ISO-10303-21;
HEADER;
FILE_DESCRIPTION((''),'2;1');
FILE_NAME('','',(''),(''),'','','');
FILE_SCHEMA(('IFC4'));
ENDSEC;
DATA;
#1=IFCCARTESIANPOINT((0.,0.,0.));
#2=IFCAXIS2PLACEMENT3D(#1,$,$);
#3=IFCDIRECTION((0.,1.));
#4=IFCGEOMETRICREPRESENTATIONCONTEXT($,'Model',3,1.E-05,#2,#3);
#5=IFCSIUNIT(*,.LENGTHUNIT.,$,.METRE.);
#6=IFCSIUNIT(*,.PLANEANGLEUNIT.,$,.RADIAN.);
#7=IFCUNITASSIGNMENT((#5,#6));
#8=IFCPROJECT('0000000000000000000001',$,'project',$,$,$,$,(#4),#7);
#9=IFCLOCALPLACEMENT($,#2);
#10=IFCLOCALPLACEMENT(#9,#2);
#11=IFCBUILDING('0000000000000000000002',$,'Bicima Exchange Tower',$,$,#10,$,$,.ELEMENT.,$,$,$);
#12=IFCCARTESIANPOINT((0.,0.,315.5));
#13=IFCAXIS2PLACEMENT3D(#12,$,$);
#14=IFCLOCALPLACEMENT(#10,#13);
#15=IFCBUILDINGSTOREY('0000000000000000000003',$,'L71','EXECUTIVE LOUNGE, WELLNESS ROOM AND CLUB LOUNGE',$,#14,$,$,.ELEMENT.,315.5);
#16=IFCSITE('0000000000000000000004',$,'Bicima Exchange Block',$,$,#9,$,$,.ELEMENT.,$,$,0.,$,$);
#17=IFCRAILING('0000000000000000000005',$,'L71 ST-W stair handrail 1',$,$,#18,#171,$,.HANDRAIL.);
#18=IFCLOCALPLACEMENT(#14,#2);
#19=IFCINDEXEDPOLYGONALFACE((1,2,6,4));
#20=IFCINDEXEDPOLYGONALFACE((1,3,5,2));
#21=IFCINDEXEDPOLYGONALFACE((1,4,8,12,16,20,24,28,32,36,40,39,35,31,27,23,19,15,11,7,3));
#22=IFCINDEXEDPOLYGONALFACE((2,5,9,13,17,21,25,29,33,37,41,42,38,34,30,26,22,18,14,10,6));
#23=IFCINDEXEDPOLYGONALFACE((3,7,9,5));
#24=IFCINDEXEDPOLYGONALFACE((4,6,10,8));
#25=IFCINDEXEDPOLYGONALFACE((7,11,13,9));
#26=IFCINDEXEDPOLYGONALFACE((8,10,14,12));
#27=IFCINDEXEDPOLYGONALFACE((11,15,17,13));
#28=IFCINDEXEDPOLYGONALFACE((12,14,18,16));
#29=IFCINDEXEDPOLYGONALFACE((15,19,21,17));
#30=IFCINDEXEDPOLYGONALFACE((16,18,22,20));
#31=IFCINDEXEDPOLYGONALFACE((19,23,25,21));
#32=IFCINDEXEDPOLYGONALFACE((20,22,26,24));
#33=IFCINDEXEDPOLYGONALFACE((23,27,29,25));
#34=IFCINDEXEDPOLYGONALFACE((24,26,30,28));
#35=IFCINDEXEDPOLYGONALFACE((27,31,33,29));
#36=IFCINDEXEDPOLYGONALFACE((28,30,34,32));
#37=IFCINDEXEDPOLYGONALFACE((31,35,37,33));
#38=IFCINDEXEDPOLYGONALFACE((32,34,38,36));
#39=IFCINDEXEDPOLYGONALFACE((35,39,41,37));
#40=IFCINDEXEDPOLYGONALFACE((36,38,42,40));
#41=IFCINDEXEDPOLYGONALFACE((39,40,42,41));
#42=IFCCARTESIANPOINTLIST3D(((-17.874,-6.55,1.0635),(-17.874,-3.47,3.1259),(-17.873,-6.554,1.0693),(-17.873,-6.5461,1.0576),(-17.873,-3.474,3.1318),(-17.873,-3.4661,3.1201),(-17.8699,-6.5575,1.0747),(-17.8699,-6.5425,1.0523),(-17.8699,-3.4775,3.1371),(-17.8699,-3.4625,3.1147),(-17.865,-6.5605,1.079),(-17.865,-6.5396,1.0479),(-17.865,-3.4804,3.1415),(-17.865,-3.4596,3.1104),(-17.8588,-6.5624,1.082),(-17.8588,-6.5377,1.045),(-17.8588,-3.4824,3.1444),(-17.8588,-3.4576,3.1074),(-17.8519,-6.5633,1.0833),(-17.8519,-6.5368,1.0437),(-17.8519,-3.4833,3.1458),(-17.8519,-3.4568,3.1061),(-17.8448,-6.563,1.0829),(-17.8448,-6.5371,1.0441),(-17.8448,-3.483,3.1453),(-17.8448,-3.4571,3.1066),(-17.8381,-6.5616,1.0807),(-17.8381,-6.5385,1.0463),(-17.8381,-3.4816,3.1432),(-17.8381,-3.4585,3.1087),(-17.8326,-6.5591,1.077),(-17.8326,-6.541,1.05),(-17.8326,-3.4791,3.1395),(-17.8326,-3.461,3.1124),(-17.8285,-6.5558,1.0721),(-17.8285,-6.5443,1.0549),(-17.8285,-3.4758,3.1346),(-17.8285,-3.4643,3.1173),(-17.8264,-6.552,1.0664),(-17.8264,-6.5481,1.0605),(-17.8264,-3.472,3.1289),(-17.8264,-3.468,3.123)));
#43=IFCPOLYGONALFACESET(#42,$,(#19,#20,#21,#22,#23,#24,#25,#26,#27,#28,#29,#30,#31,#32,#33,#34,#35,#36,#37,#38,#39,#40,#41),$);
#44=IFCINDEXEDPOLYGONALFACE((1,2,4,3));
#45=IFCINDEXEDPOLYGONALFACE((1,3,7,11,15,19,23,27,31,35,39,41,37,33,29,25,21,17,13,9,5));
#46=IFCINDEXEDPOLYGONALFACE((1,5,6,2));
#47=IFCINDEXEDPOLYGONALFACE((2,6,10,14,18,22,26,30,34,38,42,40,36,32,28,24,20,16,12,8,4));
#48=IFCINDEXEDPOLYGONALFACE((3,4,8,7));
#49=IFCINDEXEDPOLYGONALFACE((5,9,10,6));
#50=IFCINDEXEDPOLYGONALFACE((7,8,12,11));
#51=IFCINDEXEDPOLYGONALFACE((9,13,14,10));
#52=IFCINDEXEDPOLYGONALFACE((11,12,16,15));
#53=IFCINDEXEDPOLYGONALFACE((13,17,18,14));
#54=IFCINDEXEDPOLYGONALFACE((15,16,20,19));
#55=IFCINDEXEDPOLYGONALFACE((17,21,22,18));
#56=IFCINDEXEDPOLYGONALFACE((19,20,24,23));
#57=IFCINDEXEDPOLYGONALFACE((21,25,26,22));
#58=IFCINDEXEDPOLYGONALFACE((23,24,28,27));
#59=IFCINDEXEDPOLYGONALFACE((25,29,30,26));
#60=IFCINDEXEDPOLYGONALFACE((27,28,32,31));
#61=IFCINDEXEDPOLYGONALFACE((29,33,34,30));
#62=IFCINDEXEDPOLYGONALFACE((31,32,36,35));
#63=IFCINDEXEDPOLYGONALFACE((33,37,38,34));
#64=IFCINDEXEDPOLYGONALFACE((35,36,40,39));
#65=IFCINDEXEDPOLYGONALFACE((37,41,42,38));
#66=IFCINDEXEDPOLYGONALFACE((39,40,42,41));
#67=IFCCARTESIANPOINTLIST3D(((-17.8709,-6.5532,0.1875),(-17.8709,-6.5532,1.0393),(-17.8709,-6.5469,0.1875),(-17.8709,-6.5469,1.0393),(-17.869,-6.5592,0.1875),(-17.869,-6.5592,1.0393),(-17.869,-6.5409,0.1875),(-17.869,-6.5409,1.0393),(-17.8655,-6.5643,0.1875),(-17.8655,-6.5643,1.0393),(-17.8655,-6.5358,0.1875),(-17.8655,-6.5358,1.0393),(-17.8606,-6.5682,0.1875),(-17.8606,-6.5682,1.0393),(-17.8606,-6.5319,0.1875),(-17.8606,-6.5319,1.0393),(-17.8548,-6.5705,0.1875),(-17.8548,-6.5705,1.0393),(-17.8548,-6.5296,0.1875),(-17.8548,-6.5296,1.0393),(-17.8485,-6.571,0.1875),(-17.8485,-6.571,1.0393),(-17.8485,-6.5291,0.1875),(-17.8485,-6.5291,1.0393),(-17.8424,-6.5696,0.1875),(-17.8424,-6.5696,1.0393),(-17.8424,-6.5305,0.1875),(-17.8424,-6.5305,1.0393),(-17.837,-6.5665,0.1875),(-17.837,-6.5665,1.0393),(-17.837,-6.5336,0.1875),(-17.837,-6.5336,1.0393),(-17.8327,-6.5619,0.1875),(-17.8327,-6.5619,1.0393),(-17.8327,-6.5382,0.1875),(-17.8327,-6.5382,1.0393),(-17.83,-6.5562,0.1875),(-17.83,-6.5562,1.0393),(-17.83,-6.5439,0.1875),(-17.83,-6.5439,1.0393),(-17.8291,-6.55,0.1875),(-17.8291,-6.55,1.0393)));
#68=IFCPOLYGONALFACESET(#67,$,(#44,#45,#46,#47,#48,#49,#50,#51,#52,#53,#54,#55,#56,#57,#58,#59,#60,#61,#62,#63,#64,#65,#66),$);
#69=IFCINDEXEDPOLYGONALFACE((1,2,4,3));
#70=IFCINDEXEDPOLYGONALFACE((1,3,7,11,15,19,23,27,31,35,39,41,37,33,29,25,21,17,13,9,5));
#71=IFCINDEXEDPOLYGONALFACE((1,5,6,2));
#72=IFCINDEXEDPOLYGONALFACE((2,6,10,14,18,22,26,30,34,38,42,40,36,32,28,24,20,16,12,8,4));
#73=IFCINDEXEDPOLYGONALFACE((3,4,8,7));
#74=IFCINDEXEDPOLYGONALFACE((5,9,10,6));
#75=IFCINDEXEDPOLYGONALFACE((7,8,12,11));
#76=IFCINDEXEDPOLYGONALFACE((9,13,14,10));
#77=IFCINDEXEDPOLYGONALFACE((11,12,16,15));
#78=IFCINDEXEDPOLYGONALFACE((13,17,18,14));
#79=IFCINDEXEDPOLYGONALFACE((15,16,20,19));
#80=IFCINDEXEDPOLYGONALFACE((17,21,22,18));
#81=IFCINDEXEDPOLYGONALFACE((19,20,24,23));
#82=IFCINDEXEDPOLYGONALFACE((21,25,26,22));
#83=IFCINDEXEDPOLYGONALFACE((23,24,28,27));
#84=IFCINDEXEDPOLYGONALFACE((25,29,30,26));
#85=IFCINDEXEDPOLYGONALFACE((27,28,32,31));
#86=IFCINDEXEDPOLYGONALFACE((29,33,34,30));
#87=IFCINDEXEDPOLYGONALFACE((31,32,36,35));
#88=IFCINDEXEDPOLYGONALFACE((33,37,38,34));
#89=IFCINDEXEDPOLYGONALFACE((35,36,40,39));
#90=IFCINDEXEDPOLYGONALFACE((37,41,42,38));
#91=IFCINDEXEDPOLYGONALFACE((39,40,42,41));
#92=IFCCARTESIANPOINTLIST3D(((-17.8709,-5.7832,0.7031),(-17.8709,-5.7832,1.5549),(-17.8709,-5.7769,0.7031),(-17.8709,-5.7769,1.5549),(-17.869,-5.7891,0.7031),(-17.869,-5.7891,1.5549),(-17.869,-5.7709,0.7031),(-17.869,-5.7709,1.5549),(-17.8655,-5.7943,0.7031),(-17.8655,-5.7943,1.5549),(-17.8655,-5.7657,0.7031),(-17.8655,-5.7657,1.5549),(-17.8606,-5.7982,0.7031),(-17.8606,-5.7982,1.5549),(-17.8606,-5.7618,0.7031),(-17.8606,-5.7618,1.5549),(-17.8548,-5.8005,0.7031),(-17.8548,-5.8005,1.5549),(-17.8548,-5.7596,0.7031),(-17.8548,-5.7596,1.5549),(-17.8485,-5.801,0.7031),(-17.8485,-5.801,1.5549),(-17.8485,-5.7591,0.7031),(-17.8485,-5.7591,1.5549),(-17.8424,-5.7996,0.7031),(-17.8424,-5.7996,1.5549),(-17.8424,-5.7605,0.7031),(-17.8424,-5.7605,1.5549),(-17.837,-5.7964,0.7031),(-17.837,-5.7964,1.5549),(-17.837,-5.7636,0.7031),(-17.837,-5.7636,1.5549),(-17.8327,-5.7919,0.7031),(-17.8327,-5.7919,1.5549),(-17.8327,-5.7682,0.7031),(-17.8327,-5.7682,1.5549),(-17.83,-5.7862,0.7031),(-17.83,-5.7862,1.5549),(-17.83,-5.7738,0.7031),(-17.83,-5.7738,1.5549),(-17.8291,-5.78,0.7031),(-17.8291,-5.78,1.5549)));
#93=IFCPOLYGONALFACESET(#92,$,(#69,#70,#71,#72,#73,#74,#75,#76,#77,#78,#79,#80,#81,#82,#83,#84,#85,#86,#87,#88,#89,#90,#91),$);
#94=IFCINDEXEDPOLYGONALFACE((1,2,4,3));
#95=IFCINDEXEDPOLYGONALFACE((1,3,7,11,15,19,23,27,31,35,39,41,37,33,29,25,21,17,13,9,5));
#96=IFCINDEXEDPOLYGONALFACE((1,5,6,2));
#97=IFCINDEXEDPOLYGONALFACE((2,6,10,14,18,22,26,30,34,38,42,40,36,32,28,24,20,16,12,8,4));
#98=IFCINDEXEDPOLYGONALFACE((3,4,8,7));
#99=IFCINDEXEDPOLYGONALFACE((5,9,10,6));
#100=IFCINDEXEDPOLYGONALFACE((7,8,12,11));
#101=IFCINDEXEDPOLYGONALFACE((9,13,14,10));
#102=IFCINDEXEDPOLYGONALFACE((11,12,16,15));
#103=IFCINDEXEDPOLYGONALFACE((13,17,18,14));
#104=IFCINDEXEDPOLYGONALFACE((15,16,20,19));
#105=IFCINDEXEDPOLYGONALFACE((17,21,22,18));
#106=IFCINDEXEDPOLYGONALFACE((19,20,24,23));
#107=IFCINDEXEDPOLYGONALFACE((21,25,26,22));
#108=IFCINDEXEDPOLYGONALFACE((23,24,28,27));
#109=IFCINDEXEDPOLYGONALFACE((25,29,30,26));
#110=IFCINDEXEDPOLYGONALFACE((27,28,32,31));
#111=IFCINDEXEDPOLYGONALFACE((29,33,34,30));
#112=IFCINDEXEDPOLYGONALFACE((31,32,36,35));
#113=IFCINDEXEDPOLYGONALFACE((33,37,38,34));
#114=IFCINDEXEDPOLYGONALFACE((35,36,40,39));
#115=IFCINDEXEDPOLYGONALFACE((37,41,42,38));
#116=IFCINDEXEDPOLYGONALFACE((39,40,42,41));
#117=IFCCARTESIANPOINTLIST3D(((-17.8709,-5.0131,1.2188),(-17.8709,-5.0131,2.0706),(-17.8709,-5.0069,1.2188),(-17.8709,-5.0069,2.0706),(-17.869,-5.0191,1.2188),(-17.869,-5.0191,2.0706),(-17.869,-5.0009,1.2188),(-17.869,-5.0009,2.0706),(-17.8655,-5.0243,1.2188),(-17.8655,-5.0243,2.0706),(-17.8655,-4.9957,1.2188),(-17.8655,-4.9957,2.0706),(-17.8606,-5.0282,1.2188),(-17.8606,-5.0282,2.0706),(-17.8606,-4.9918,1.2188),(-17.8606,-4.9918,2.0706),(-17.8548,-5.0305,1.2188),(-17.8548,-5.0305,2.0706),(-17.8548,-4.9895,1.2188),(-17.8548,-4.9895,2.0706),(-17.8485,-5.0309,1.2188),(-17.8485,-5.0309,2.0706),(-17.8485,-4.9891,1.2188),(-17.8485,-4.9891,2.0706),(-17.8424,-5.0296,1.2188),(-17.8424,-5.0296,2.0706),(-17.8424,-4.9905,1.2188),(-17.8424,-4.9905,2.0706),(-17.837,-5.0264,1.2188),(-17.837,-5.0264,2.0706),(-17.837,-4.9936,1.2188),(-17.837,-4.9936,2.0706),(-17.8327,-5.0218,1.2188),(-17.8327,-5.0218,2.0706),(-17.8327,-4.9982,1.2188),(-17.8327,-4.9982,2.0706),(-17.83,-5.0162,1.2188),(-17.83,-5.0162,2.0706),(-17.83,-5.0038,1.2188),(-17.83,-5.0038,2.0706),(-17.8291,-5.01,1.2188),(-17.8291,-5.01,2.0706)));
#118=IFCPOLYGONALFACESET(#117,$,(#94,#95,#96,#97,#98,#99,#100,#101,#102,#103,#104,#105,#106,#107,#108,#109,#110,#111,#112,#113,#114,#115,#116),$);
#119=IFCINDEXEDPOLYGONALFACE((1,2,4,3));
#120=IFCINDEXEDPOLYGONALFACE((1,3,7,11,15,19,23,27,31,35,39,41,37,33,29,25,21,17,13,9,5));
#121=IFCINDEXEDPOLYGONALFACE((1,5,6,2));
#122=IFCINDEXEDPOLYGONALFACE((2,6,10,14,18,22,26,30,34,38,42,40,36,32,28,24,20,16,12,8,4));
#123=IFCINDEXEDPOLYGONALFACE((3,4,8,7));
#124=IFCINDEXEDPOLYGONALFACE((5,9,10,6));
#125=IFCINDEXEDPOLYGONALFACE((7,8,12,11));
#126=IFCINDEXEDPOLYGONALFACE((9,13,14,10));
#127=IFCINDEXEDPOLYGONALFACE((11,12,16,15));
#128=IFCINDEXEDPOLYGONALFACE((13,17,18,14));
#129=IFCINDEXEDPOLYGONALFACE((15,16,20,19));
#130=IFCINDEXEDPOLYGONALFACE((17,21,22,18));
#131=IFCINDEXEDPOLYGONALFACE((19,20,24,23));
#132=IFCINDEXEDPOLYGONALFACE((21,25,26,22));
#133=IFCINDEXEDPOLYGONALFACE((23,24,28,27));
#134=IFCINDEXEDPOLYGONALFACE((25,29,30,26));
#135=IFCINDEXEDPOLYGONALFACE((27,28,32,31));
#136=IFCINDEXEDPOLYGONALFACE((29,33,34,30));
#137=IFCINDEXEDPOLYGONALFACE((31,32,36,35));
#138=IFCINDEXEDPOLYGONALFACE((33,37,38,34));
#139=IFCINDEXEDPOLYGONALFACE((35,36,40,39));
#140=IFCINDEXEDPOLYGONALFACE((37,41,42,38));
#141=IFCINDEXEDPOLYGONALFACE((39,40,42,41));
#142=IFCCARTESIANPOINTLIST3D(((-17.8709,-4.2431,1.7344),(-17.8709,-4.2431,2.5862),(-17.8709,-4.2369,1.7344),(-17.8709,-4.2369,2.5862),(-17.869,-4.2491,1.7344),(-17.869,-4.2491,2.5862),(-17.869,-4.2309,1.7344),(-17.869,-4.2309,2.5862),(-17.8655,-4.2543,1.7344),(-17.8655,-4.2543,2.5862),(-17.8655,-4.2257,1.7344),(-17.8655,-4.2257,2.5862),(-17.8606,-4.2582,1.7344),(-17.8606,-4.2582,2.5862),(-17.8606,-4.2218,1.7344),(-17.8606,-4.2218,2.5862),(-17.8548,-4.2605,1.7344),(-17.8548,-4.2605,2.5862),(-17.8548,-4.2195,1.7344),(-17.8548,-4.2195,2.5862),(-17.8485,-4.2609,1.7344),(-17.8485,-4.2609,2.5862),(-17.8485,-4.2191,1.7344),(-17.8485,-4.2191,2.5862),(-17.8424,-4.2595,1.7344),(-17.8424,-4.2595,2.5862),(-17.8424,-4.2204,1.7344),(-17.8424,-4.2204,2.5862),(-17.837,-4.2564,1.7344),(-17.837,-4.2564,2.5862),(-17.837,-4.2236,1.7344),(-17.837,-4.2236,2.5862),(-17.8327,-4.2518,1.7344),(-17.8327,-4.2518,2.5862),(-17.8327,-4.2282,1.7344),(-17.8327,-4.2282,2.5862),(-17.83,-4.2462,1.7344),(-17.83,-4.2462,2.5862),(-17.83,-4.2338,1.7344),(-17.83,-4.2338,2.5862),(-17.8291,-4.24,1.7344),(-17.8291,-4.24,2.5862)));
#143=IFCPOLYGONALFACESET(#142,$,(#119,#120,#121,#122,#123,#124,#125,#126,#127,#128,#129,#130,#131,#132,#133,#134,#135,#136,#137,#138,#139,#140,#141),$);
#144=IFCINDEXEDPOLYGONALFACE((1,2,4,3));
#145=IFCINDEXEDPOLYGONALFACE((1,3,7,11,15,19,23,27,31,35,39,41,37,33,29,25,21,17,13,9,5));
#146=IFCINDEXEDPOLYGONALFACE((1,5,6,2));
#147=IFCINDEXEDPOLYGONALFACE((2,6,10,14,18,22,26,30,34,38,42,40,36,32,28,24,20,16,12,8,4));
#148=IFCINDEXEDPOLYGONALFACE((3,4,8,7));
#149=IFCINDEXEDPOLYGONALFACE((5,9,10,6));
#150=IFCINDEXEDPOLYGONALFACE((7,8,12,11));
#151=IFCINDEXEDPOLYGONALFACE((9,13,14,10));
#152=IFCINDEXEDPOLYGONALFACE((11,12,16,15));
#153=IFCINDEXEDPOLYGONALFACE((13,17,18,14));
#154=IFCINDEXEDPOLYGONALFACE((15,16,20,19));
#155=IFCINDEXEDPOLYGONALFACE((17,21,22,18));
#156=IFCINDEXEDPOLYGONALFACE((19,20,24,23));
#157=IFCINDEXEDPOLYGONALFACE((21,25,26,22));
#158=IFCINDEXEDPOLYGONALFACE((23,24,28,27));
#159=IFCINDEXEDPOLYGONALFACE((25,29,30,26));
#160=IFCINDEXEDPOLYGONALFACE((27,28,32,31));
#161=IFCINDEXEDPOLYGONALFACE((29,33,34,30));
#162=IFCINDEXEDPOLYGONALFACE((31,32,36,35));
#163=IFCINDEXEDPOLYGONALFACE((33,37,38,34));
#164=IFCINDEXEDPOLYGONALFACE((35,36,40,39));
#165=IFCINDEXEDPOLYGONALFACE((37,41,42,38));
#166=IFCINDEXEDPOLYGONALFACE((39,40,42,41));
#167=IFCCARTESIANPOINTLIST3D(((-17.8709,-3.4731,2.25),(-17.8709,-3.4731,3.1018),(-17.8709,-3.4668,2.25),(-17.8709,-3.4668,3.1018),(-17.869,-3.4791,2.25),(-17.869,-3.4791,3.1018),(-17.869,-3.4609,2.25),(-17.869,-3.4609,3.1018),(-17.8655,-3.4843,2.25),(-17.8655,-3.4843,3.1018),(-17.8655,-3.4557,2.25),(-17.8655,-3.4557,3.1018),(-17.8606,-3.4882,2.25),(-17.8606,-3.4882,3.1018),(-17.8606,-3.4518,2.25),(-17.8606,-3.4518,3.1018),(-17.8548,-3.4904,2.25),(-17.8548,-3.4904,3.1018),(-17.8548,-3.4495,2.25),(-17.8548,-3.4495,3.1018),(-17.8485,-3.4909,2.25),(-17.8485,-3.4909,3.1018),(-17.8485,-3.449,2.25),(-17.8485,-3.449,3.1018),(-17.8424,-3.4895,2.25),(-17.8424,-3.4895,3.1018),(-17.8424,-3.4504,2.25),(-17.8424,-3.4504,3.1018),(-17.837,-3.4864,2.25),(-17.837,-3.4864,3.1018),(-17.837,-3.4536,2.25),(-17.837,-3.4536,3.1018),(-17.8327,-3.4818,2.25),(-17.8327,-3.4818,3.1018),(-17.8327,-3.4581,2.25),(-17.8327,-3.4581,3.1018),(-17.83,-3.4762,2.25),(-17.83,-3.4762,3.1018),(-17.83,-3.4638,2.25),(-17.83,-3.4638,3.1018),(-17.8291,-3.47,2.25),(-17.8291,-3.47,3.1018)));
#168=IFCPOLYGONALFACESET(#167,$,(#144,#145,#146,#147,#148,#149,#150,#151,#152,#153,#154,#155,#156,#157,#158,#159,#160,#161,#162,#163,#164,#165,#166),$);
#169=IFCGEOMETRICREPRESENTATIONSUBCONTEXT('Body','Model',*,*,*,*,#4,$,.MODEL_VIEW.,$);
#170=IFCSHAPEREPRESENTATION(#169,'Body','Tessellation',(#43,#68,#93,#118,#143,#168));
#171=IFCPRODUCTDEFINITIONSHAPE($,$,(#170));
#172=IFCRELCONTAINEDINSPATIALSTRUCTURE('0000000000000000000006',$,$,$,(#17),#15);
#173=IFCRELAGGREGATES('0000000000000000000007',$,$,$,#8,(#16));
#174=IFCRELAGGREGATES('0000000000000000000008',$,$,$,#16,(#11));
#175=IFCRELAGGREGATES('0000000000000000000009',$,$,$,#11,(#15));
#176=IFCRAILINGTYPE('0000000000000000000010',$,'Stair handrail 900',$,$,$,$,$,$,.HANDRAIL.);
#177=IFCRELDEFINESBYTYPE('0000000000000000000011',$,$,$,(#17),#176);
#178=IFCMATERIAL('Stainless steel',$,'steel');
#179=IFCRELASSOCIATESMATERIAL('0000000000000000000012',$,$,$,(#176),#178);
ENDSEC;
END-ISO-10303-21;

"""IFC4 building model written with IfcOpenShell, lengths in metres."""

from ifc_helpers import new_model, si_unit, direction, frame, origin, origin_2d, place, context, subcontext, project, spatial, circle, extrude, material, type_object, element, save


model = new_model("IFC4")

# Units and contexts
model_context = context("Model", 3, precision=1e-05, world=origin(), true_north=direction((0.0, 1.0)))
body_context = subcontext(model_context, "Body", "Model", "MODEL_VIEW")
ifc_project = project(units=[si_unit("LENGTHUNIT", "METRE"), si_unit("PLANEANGLEUNIT", "RADIAN")], contexts=[model_context])

# Site, building, storey
site_placement = place(None, origin())
site = spatial("IfcSite", under=ifc_project, at=site_placement, Name="Bicima Exchange Block", CompositionType="ELEMENT", RefElevation=0.0)
building_placement = place(site_placement, origin())
building = spatial("IfcBuilding", under=site, at=building_placement, Name="Bicima Exchange Tower", CompositionType="ELEMENT")
storey_placement = place(building_placement, frame((0.0, 0.0, 315.5)))
storey = spatial("IfcBuildingStorey", under=building, at=storey_placement, Name="L71", Description="EXECUTIVE LOUNGE, WELLNESS ROOM AND CLUB LOUNGE", CompositionType="ELEMENT", Elevation=315.5)

# Shared definitions
ifc_material_1 = material(Name="Stainless steel", Category="steel")

# Railing
railing_type_1 = type_object("IfcRailingType", Name="Stair handrail 900", PredefinedType="HANDRAIL", material=ifc_material_1)
railing_1_placement = place(storey_placement, frame((-17.8501, -6.55, 0.1875)))
element("IfcRailing", 1, at=railing_1_placement, inside=storey, type_object=railing_type_1, Name="L71 ST-W stair handrail 1", PredefinedType="HANDRAIL", context=body_context, shape_type="SweptSolid", body=[
    extrude(circle(Radius=0.0239, at=origin_2d()), frame((0.0, 0.0, 0.876), z_axis=(0.0, 0.830914, 0.556401), x_axis=(-1.0, 0.0, 0.0)), (0.0, 0.0, 1.0), 3.7068),
    extrude(circle(Radius=0.021, at=origin_2d()), origin(), (0.0, 0.0, 1.0), 0.8518),
    extrude(circle(Radius=0.021, at=origin_2d()), frame((0.0, 0.77, 0.5156)), (0.0, 0.0, 1.0), 0.8518),
    extrude(circle(Radius=0.021, at=origin_2d()), frame((0.0, 1.54, 1.0312)), (0.0, 0.0, 1.0), 0.8518),
    extrude(circle(Radius=0.021, at=origin_2d()), frame((0.0, 2.3101, 1.5469)), (0.0, 0.0, 1.0), 0.8518),
    extrude(circle(Radius=0.021, at=origin_2d()), frame((0.0, 3.0801, 2.0625)), (0.0, 0.0, 1.0), 0.8518),
])

save(model, "model.ifc")
